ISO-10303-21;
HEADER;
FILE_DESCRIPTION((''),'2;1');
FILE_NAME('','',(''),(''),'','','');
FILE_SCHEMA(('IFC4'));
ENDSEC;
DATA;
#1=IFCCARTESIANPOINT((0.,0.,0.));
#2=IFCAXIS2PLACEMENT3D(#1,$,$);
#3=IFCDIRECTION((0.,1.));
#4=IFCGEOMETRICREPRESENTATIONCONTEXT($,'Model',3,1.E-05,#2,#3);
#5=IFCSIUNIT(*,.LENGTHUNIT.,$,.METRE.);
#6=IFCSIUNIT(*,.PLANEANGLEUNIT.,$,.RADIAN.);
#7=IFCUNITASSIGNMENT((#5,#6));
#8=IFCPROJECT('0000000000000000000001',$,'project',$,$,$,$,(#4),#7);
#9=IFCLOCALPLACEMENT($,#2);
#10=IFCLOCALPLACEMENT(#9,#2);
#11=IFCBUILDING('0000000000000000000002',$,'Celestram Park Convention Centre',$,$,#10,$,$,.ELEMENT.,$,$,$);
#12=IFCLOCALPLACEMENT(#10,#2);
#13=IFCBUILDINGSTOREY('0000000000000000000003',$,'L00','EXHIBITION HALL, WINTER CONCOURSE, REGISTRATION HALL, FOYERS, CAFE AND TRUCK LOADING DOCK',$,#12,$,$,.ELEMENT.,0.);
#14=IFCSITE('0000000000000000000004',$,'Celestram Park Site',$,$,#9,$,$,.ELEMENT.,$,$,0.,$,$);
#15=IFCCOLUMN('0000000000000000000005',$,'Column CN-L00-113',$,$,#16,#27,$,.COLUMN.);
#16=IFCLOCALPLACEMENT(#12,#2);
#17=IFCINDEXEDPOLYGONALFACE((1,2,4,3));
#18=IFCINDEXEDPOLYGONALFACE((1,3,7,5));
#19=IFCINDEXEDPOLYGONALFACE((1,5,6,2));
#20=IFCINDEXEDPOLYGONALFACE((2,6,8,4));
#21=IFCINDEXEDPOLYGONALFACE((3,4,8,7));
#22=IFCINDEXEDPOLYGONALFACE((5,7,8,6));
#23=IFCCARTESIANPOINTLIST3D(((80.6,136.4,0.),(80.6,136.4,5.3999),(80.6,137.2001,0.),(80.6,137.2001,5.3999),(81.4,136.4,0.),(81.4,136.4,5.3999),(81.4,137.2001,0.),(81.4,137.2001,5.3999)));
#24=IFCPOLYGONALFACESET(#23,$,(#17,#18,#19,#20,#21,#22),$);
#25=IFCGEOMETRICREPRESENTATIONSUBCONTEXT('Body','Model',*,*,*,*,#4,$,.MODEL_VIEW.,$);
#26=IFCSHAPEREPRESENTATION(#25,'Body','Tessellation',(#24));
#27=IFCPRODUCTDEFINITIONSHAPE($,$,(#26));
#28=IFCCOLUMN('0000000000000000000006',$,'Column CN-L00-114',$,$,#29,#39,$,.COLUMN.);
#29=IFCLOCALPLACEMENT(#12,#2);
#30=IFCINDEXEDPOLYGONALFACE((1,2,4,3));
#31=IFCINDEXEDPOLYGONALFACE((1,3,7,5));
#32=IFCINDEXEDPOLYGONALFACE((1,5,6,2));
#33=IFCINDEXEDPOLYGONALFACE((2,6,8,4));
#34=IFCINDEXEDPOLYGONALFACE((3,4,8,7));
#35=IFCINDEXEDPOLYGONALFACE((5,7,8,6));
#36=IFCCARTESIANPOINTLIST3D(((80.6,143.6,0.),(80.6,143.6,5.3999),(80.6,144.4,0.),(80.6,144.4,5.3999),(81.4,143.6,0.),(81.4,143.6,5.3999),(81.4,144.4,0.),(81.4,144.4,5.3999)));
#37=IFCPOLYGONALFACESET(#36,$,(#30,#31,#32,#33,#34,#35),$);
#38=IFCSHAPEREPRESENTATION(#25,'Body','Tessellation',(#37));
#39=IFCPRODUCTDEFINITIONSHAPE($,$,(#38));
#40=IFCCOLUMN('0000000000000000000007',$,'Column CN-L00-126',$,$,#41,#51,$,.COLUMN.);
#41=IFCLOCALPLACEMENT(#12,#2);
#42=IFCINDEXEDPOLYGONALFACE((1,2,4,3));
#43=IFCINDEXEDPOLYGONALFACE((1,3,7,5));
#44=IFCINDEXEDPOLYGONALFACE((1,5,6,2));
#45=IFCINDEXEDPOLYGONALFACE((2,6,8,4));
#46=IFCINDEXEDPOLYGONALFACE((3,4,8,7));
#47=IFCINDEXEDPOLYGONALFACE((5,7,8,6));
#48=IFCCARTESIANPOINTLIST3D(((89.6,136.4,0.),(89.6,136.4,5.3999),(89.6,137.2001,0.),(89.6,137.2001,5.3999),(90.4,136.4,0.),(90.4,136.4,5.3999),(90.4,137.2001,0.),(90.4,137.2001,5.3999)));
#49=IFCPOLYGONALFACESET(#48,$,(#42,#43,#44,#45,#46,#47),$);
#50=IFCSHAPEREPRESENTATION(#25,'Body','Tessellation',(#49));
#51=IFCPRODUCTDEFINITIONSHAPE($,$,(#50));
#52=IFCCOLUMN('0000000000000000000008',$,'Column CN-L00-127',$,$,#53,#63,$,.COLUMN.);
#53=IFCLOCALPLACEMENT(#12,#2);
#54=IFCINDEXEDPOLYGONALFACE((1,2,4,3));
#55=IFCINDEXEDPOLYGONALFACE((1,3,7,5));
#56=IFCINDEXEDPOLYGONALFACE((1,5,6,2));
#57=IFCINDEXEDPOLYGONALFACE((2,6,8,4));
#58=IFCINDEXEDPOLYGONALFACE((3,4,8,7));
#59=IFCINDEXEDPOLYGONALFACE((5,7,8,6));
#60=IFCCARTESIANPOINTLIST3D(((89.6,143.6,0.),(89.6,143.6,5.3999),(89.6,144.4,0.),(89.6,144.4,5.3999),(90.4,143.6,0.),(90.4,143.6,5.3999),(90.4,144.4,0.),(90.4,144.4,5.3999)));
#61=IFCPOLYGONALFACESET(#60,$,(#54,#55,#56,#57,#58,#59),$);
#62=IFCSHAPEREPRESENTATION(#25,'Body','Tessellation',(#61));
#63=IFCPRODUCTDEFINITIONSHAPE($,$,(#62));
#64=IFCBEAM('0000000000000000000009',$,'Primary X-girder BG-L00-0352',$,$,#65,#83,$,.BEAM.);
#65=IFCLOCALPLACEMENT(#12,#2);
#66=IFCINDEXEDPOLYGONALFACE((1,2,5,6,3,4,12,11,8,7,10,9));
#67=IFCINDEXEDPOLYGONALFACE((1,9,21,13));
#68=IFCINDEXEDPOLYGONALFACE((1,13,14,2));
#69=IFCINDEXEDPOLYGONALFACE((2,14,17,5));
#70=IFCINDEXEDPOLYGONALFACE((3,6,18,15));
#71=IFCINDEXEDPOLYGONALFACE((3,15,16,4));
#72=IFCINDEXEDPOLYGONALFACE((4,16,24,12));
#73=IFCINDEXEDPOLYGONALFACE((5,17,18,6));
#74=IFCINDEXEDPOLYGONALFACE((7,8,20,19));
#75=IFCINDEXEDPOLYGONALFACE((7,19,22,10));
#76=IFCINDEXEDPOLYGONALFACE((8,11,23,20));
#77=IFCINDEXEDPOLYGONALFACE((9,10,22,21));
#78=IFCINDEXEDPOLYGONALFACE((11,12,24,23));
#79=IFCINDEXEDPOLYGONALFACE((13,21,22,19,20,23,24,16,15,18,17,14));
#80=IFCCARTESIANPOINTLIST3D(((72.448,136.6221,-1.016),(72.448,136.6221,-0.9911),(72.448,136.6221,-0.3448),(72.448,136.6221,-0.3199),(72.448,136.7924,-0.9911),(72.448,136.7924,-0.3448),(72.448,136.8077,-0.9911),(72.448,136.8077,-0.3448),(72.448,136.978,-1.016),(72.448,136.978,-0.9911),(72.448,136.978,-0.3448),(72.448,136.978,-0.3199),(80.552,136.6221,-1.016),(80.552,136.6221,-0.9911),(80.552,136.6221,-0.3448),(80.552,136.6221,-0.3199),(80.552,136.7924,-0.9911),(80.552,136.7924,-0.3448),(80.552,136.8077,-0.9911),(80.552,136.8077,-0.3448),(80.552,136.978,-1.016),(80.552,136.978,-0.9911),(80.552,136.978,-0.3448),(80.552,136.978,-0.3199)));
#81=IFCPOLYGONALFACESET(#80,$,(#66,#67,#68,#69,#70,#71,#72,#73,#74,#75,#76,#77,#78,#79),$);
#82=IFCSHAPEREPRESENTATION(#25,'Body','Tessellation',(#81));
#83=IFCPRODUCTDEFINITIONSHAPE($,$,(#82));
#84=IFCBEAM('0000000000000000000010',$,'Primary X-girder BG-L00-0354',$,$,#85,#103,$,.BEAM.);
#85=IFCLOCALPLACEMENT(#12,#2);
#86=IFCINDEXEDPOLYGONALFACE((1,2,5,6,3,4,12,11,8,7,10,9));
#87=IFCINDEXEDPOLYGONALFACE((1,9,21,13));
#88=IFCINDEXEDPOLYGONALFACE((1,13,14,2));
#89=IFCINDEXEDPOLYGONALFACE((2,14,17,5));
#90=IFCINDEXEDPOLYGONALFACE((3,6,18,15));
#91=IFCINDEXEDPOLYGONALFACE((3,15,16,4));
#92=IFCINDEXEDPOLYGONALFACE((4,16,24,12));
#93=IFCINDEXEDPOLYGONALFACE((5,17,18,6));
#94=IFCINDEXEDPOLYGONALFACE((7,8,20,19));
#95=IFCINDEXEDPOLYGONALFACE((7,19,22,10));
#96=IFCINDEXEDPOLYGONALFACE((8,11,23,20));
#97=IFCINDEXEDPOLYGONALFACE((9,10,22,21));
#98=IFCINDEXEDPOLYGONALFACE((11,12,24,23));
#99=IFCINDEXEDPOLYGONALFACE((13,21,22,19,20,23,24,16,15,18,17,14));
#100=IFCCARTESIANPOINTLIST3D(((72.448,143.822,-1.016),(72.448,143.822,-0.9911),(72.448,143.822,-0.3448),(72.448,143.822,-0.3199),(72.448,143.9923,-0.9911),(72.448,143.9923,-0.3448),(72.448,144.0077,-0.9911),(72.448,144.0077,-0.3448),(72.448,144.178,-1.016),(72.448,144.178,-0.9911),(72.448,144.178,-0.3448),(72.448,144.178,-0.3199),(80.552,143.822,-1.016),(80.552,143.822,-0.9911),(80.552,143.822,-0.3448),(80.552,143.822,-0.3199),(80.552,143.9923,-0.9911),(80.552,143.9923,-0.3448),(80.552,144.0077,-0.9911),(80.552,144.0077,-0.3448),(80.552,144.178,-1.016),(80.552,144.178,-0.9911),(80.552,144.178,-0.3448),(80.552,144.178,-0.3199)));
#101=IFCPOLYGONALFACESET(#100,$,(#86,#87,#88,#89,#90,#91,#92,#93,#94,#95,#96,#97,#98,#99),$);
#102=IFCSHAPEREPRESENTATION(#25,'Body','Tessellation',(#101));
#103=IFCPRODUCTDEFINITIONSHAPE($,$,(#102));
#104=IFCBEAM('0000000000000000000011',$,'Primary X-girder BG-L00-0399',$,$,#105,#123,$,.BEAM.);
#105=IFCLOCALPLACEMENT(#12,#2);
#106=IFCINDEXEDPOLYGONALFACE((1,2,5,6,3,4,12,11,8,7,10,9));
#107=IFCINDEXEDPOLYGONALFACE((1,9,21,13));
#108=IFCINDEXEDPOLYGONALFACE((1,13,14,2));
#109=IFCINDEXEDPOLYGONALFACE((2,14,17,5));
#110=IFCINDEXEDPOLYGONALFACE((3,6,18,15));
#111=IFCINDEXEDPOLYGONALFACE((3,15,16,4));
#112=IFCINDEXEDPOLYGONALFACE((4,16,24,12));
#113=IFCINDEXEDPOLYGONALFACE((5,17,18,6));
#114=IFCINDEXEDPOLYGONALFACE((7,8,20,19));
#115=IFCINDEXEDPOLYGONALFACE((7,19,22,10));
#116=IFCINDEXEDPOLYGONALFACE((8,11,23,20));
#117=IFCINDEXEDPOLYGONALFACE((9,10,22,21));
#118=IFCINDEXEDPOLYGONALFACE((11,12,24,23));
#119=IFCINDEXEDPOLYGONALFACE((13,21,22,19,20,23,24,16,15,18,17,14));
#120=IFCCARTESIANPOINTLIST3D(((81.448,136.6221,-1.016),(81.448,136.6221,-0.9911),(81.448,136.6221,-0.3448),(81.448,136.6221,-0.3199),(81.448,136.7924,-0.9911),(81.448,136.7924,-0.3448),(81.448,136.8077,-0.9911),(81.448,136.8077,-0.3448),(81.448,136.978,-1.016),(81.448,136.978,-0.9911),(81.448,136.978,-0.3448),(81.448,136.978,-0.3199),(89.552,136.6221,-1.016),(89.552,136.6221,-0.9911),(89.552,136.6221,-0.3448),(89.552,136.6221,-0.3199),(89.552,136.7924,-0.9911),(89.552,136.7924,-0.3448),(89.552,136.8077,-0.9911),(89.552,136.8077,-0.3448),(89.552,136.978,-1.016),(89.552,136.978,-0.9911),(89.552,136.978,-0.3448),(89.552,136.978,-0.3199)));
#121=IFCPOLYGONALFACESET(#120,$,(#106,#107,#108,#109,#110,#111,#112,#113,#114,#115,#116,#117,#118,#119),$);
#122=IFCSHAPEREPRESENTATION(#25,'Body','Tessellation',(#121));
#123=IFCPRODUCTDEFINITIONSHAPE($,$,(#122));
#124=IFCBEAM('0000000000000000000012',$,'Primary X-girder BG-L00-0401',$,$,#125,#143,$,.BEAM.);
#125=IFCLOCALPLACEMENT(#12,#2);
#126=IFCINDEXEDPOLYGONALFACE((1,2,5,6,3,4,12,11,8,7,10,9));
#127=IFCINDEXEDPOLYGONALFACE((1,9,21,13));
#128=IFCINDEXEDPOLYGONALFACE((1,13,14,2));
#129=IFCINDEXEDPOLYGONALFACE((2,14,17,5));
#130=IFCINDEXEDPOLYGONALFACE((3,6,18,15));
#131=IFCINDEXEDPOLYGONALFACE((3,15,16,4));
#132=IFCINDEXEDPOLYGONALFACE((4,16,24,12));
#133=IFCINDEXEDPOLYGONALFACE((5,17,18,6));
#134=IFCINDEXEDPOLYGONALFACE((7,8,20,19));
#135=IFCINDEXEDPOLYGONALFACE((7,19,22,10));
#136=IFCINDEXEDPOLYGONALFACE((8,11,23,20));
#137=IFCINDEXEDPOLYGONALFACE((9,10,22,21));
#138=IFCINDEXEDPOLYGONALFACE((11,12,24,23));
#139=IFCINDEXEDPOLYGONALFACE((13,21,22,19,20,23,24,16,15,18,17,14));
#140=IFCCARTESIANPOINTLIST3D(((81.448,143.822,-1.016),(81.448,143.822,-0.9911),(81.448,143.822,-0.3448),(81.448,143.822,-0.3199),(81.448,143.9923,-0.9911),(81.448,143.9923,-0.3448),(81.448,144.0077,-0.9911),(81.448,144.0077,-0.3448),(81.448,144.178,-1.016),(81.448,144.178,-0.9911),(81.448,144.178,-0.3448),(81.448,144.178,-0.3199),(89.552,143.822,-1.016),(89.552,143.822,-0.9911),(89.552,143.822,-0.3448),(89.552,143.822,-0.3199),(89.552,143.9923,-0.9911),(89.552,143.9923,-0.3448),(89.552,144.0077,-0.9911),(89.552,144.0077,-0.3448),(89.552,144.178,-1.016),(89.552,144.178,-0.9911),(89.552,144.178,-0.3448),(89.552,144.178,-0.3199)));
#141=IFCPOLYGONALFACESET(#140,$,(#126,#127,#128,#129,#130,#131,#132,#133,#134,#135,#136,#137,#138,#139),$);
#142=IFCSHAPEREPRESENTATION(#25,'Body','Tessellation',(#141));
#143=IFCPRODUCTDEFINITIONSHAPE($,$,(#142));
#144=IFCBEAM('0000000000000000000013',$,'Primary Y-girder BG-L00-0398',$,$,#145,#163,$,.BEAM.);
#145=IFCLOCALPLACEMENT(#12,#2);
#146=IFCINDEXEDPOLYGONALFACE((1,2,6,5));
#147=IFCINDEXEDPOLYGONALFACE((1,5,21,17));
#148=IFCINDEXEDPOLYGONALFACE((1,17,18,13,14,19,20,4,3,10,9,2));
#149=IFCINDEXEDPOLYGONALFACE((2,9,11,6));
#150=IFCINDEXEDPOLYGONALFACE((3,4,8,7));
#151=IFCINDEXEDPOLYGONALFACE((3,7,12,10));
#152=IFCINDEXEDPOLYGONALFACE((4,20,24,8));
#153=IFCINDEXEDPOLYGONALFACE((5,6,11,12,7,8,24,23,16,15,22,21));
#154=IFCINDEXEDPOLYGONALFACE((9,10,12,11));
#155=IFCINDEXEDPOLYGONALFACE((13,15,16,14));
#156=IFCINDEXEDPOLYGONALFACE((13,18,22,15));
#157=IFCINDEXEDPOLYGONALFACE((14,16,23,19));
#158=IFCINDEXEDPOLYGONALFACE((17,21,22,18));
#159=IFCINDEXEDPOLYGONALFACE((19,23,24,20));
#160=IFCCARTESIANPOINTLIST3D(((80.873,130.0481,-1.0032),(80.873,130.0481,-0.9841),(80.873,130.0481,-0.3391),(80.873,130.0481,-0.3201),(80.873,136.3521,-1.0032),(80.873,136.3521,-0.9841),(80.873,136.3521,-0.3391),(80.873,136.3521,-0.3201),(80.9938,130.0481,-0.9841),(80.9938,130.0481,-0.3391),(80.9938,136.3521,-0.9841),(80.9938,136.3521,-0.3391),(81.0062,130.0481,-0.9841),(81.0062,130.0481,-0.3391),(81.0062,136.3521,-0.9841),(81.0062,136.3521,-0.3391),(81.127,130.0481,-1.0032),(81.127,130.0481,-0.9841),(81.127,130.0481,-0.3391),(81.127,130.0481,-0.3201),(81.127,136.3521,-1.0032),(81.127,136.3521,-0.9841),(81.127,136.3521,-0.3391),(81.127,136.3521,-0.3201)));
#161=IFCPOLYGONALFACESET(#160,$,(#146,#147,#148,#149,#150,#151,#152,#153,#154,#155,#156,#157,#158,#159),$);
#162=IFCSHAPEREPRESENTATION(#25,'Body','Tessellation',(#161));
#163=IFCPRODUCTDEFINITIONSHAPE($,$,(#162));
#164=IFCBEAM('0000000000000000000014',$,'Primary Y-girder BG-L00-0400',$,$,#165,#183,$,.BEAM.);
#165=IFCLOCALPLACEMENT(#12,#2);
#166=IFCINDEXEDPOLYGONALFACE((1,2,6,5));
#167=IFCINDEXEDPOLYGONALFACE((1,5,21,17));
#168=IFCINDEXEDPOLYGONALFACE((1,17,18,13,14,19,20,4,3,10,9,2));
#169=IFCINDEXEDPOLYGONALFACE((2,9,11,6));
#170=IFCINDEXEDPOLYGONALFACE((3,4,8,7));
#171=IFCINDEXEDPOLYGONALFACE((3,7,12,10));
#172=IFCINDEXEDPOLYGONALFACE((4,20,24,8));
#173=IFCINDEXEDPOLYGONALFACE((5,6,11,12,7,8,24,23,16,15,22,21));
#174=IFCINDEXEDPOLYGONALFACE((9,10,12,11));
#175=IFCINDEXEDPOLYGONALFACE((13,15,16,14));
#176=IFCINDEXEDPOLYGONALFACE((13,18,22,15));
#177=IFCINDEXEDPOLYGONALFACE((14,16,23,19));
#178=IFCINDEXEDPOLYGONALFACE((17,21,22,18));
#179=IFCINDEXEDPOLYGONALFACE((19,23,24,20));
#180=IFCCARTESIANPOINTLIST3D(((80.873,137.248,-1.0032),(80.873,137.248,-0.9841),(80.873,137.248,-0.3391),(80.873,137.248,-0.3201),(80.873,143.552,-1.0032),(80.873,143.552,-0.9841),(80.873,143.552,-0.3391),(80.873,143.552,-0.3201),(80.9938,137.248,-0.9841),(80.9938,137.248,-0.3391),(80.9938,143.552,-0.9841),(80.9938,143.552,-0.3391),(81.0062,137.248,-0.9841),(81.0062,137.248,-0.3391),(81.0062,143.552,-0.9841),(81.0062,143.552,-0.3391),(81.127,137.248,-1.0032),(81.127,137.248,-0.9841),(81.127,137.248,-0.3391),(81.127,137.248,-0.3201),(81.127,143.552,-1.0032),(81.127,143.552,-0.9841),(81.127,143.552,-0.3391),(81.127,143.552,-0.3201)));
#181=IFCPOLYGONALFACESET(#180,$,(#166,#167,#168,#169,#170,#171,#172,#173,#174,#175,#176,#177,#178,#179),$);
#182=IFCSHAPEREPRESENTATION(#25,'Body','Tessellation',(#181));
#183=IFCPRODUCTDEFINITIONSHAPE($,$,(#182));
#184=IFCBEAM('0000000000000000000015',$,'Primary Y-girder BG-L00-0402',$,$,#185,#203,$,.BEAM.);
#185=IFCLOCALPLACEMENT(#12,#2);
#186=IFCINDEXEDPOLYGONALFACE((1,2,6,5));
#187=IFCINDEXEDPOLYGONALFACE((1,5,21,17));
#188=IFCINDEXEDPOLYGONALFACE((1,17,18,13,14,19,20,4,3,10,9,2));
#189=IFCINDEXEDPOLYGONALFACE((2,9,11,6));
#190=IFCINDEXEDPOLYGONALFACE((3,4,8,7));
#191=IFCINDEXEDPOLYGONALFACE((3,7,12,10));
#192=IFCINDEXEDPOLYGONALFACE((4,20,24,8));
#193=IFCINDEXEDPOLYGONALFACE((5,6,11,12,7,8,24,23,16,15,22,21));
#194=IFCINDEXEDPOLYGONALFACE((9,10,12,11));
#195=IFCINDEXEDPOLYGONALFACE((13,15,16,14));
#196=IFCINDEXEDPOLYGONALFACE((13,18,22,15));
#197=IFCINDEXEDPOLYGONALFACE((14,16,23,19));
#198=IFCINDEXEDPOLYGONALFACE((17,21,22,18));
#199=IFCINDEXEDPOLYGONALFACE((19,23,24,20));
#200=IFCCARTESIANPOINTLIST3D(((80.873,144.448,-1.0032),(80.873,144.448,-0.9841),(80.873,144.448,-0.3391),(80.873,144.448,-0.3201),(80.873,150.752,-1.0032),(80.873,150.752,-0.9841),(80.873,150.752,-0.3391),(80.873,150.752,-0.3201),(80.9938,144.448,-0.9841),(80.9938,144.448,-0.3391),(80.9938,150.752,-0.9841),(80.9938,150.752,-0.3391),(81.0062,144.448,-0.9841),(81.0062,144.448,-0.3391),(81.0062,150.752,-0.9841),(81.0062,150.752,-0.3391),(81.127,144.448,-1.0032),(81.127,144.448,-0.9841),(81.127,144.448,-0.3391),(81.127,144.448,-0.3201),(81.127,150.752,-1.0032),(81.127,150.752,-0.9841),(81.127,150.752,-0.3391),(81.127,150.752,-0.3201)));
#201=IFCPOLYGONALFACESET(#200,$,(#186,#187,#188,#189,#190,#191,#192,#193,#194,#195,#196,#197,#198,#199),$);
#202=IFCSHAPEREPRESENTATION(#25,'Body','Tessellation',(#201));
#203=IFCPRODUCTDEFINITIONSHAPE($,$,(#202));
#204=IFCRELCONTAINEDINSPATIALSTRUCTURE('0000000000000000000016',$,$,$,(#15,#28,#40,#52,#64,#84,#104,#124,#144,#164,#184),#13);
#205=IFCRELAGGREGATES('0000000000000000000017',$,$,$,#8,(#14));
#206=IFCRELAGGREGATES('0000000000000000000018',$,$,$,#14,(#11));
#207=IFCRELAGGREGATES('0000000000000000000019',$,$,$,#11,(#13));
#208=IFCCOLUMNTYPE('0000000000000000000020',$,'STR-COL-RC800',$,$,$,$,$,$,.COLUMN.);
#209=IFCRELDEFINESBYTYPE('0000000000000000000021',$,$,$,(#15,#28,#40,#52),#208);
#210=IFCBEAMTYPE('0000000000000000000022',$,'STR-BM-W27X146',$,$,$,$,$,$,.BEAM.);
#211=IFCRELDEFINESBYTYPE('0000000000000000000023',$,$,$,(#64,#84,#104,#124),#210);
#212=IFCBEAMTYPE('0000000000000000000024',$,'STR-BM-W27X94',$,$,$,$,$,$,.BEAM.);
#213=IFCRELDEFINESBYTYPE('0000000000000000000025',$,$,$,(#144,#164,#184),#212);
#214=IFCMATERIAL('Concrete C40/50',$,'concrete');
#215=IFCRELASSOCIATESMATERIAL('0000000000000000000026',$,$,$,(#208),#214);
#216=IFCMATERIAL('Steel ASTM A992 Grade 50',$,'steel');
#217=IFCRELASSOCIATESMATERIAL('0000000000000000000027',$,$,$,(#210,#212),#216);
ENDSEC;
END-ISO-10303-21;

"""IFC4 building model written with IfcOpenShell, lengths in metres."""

from ifc_helpers import new_model, si_unit, direction, frame, origin, origin_2d, place, context, subcontext, project, spatial, rectangle, i_section, extrude, material, material_profile, profile_set, type_object, element, save


model = new_model("IFC4")

# Units and contexts
model_context = context("Model", 3, precision=1e-05, world=origin(), true_north=direction((0.0, 1.0)))
body_context = subcontext(model_context, "Body", "Model", "MODEL_VIEW")
ifc_project = project(units=[si_unit("LENGTHUNIT", "METRE"), si_unit("PLANEANGLEUNIT", "RADIAN")], contexts=[model_context])

# Site, building, storey
site_placement = place(None, origin())
site = spatial("IfcSite", under=ifc_project, at=site_placement, Name="Celestram Park Site", CompositionType="ELEMENT", RefElevation=0.0)
building_placement = place(site_placement, origin())
building = spatial("IfcBuilding", under=site, at=building_placement, Name="Celestram Park Convention Centre", CompositionType="ELEMENT")
storey_placement = place(building_placement, origin())
storey = spatial("IfcBuildingStorey", under=building, at=storey_placement, Name="L00", Description="EXHIBITION HALL, WINTER CONCOURSE, REGISTRATION HALL, FOYERS, CAFE AND TRUCK LOADING DOCK", CompositionType="ELEMENT", Elevation=0.0)

# Columns
ifc_material_1 = material(Name="Concrete C40/50", Category="concrete")
ifc_material_profile_1 = material_profile(ifc_material_1, rectangle(XDim=0.8, YDim=0.8, at=origin_2d()), Name="RC800X800")
ifc_profile_set_1 = profile_set([ifc_material_profile_1], Name="Concrete C40/50")
column_type = type_object("IfcColumnType", Name="STR-COL-RC800", PredefinedType="COLUMN", material=ifc_profile_set_1)
for number, where, z_axis, x_axis, name in (
    (1, (81.0, 136.8, 0.0), (0.0, 0.0, 1.0), (1.0, 0.0, 0.0), "Column CN-L00-113"),
    (2, (81.0, 144.0, 0.0), (0.0, 0.0, 1.0), (1.0, 0.0, 0.0), "Column CN-L00-114"),
    (3, (90.0, 136.8, 0.0), (0.0, 0.0, 1.0), (1.0, 0.0, 0.0), "Column CN-L00-126"),
    (4, (90.0, 144.0, 0.0), (0.0, 0.0, 1.0), (1.0, 0.0, 0.0), "Column CN-L00-127"),
):
    element("IfcColumn", number, at=place(storey_placement, frame(where, z_axis=z_axis, x_axis=x_axis)), inside=storey, type_object=column_type, Name=name, PredefinedType="COLUMN", context=body_context, shape_type="SweptSolid", body=[
        extrude(rectangle(XDim=0.8, YDim=0.8, at=origin_2d()), origin(), (0.0, 0.0, 1.0), 5.3999),
    ])

# Beams
ifc_material_2 = material(Name="Steel ASTM A992 Grade 50", Category="steel")
ifc_material_profile_2 = material_profile(ifc_material_2, i_section(OverallWidth=0.356, OverallDepth=0.696, WebThickness=0.0154, FlangeThickness=0.0249, at=origin_2d()), Name="W27X146")
ifc_profile_set_2 = profile_set([ifc_material_profile_2], Name="Steel ASTM A992 Grade 50")
beam_type_1 = type_object("IfcBeamType", Name="STR-BM-W27X146", PredefinedType="BEAM", material=ifc_profile_set_2)
for number, where, z_axis, x_axis, name in (
    (5, (72.448, 136.8, -0.668), (1.0, 0.0, 0.0), (0.0, 1.0, 0.0), "Primary X-girder BG-L00-0352"),
    (6, (72.448, 144.0, -0.668), (1.0, 0.0, 0.0), (0.0, 1.0, 0.0), "Primary X-girder BG-L00-0354"),
    (7, (81.448, 136.8, -0.668), (1.0, 0.0, 0.0), (0.0, 1.0, 0.0), "Primary X-girder BG-L00-0399"),
    (8, (81.448, 144.0, -0.668), (1.0, 0.0, 0.0), (0.0, 1.0, 0.0), "Primary X-girder BG-L00-0401"),
):
    element("IfcBeam", number, at=place(storey_placement, frame(where, z_axis=z_axis, x_axis=x_axis)), inside=storey, type_object=beam_type_1, Name=name, PredefinedType="BEAM", context=body_context, shape_type="SweptSolid", body=[
        extrude(i_section(OverallWidth=0.356, OverallDepth=0.696, WebThickness=0.0154, FlangeThickness=0.0249, at=origin_2d()), origin(), (0.0, 0.0, 1.0), 8.104),
    ])
ifc_material_profile_3 = material_profile(ifc_material_2, i_section(OverallWidth=0.2539, OverallDepth=0.6831, WebThickness=0.0125, FlangeThickness=0.019, at=origin_2d()), Name="W27X94")
ifc_profile_set_3 = profile_set([ifc_material_profile_3], Name="Steel ASTM A992 Grade 50")
beam_type_2 = type_object("IfcBeamType", Name="STR-BM-W27X94", PredefinedType="BEAM", material=ifc_profile_set_3)
for number, where, z_axis, x_axis, name in (
    (9, (81.0, 130.0481, -0.6616), (0.0, 1.0, 0.0), (-1.0, 0.0, 0.0), "Primary Y-girder BG-L00-0398"),
    (10, (81.0, 137.248, -0.6616), (0.0, 1.0, 0.0), (-1.0, 0.0, 0.0), "Primary Y-girder BG-L00-0400"),
    (11, (81.0, 144.448, -0.6616), (0.0, 1.0, 0.0), (-1.0, 0.0, 0.0), "Primary Y-girder BG-L00-0402"),
):
    element("IfcBeam", number, at=place(storey_placement, frame(where, z_axis=z_axis, x_axis=x_axis)), inside=storey, type_object=beam_type_2, Name=name, PredefinedType="BEAM", context=body_context, shape_type="SweptSolid", body=[
        extrude(i_section(OverallWidth=0.2539, OverallDepth=0.6831, WebThickness=0.0125, FlangeThickness=0.019, at=origin_2d()), origin(), (0.0, 0.0, 1.0), 6.304),
    ])

save(model, "model.ifc")
